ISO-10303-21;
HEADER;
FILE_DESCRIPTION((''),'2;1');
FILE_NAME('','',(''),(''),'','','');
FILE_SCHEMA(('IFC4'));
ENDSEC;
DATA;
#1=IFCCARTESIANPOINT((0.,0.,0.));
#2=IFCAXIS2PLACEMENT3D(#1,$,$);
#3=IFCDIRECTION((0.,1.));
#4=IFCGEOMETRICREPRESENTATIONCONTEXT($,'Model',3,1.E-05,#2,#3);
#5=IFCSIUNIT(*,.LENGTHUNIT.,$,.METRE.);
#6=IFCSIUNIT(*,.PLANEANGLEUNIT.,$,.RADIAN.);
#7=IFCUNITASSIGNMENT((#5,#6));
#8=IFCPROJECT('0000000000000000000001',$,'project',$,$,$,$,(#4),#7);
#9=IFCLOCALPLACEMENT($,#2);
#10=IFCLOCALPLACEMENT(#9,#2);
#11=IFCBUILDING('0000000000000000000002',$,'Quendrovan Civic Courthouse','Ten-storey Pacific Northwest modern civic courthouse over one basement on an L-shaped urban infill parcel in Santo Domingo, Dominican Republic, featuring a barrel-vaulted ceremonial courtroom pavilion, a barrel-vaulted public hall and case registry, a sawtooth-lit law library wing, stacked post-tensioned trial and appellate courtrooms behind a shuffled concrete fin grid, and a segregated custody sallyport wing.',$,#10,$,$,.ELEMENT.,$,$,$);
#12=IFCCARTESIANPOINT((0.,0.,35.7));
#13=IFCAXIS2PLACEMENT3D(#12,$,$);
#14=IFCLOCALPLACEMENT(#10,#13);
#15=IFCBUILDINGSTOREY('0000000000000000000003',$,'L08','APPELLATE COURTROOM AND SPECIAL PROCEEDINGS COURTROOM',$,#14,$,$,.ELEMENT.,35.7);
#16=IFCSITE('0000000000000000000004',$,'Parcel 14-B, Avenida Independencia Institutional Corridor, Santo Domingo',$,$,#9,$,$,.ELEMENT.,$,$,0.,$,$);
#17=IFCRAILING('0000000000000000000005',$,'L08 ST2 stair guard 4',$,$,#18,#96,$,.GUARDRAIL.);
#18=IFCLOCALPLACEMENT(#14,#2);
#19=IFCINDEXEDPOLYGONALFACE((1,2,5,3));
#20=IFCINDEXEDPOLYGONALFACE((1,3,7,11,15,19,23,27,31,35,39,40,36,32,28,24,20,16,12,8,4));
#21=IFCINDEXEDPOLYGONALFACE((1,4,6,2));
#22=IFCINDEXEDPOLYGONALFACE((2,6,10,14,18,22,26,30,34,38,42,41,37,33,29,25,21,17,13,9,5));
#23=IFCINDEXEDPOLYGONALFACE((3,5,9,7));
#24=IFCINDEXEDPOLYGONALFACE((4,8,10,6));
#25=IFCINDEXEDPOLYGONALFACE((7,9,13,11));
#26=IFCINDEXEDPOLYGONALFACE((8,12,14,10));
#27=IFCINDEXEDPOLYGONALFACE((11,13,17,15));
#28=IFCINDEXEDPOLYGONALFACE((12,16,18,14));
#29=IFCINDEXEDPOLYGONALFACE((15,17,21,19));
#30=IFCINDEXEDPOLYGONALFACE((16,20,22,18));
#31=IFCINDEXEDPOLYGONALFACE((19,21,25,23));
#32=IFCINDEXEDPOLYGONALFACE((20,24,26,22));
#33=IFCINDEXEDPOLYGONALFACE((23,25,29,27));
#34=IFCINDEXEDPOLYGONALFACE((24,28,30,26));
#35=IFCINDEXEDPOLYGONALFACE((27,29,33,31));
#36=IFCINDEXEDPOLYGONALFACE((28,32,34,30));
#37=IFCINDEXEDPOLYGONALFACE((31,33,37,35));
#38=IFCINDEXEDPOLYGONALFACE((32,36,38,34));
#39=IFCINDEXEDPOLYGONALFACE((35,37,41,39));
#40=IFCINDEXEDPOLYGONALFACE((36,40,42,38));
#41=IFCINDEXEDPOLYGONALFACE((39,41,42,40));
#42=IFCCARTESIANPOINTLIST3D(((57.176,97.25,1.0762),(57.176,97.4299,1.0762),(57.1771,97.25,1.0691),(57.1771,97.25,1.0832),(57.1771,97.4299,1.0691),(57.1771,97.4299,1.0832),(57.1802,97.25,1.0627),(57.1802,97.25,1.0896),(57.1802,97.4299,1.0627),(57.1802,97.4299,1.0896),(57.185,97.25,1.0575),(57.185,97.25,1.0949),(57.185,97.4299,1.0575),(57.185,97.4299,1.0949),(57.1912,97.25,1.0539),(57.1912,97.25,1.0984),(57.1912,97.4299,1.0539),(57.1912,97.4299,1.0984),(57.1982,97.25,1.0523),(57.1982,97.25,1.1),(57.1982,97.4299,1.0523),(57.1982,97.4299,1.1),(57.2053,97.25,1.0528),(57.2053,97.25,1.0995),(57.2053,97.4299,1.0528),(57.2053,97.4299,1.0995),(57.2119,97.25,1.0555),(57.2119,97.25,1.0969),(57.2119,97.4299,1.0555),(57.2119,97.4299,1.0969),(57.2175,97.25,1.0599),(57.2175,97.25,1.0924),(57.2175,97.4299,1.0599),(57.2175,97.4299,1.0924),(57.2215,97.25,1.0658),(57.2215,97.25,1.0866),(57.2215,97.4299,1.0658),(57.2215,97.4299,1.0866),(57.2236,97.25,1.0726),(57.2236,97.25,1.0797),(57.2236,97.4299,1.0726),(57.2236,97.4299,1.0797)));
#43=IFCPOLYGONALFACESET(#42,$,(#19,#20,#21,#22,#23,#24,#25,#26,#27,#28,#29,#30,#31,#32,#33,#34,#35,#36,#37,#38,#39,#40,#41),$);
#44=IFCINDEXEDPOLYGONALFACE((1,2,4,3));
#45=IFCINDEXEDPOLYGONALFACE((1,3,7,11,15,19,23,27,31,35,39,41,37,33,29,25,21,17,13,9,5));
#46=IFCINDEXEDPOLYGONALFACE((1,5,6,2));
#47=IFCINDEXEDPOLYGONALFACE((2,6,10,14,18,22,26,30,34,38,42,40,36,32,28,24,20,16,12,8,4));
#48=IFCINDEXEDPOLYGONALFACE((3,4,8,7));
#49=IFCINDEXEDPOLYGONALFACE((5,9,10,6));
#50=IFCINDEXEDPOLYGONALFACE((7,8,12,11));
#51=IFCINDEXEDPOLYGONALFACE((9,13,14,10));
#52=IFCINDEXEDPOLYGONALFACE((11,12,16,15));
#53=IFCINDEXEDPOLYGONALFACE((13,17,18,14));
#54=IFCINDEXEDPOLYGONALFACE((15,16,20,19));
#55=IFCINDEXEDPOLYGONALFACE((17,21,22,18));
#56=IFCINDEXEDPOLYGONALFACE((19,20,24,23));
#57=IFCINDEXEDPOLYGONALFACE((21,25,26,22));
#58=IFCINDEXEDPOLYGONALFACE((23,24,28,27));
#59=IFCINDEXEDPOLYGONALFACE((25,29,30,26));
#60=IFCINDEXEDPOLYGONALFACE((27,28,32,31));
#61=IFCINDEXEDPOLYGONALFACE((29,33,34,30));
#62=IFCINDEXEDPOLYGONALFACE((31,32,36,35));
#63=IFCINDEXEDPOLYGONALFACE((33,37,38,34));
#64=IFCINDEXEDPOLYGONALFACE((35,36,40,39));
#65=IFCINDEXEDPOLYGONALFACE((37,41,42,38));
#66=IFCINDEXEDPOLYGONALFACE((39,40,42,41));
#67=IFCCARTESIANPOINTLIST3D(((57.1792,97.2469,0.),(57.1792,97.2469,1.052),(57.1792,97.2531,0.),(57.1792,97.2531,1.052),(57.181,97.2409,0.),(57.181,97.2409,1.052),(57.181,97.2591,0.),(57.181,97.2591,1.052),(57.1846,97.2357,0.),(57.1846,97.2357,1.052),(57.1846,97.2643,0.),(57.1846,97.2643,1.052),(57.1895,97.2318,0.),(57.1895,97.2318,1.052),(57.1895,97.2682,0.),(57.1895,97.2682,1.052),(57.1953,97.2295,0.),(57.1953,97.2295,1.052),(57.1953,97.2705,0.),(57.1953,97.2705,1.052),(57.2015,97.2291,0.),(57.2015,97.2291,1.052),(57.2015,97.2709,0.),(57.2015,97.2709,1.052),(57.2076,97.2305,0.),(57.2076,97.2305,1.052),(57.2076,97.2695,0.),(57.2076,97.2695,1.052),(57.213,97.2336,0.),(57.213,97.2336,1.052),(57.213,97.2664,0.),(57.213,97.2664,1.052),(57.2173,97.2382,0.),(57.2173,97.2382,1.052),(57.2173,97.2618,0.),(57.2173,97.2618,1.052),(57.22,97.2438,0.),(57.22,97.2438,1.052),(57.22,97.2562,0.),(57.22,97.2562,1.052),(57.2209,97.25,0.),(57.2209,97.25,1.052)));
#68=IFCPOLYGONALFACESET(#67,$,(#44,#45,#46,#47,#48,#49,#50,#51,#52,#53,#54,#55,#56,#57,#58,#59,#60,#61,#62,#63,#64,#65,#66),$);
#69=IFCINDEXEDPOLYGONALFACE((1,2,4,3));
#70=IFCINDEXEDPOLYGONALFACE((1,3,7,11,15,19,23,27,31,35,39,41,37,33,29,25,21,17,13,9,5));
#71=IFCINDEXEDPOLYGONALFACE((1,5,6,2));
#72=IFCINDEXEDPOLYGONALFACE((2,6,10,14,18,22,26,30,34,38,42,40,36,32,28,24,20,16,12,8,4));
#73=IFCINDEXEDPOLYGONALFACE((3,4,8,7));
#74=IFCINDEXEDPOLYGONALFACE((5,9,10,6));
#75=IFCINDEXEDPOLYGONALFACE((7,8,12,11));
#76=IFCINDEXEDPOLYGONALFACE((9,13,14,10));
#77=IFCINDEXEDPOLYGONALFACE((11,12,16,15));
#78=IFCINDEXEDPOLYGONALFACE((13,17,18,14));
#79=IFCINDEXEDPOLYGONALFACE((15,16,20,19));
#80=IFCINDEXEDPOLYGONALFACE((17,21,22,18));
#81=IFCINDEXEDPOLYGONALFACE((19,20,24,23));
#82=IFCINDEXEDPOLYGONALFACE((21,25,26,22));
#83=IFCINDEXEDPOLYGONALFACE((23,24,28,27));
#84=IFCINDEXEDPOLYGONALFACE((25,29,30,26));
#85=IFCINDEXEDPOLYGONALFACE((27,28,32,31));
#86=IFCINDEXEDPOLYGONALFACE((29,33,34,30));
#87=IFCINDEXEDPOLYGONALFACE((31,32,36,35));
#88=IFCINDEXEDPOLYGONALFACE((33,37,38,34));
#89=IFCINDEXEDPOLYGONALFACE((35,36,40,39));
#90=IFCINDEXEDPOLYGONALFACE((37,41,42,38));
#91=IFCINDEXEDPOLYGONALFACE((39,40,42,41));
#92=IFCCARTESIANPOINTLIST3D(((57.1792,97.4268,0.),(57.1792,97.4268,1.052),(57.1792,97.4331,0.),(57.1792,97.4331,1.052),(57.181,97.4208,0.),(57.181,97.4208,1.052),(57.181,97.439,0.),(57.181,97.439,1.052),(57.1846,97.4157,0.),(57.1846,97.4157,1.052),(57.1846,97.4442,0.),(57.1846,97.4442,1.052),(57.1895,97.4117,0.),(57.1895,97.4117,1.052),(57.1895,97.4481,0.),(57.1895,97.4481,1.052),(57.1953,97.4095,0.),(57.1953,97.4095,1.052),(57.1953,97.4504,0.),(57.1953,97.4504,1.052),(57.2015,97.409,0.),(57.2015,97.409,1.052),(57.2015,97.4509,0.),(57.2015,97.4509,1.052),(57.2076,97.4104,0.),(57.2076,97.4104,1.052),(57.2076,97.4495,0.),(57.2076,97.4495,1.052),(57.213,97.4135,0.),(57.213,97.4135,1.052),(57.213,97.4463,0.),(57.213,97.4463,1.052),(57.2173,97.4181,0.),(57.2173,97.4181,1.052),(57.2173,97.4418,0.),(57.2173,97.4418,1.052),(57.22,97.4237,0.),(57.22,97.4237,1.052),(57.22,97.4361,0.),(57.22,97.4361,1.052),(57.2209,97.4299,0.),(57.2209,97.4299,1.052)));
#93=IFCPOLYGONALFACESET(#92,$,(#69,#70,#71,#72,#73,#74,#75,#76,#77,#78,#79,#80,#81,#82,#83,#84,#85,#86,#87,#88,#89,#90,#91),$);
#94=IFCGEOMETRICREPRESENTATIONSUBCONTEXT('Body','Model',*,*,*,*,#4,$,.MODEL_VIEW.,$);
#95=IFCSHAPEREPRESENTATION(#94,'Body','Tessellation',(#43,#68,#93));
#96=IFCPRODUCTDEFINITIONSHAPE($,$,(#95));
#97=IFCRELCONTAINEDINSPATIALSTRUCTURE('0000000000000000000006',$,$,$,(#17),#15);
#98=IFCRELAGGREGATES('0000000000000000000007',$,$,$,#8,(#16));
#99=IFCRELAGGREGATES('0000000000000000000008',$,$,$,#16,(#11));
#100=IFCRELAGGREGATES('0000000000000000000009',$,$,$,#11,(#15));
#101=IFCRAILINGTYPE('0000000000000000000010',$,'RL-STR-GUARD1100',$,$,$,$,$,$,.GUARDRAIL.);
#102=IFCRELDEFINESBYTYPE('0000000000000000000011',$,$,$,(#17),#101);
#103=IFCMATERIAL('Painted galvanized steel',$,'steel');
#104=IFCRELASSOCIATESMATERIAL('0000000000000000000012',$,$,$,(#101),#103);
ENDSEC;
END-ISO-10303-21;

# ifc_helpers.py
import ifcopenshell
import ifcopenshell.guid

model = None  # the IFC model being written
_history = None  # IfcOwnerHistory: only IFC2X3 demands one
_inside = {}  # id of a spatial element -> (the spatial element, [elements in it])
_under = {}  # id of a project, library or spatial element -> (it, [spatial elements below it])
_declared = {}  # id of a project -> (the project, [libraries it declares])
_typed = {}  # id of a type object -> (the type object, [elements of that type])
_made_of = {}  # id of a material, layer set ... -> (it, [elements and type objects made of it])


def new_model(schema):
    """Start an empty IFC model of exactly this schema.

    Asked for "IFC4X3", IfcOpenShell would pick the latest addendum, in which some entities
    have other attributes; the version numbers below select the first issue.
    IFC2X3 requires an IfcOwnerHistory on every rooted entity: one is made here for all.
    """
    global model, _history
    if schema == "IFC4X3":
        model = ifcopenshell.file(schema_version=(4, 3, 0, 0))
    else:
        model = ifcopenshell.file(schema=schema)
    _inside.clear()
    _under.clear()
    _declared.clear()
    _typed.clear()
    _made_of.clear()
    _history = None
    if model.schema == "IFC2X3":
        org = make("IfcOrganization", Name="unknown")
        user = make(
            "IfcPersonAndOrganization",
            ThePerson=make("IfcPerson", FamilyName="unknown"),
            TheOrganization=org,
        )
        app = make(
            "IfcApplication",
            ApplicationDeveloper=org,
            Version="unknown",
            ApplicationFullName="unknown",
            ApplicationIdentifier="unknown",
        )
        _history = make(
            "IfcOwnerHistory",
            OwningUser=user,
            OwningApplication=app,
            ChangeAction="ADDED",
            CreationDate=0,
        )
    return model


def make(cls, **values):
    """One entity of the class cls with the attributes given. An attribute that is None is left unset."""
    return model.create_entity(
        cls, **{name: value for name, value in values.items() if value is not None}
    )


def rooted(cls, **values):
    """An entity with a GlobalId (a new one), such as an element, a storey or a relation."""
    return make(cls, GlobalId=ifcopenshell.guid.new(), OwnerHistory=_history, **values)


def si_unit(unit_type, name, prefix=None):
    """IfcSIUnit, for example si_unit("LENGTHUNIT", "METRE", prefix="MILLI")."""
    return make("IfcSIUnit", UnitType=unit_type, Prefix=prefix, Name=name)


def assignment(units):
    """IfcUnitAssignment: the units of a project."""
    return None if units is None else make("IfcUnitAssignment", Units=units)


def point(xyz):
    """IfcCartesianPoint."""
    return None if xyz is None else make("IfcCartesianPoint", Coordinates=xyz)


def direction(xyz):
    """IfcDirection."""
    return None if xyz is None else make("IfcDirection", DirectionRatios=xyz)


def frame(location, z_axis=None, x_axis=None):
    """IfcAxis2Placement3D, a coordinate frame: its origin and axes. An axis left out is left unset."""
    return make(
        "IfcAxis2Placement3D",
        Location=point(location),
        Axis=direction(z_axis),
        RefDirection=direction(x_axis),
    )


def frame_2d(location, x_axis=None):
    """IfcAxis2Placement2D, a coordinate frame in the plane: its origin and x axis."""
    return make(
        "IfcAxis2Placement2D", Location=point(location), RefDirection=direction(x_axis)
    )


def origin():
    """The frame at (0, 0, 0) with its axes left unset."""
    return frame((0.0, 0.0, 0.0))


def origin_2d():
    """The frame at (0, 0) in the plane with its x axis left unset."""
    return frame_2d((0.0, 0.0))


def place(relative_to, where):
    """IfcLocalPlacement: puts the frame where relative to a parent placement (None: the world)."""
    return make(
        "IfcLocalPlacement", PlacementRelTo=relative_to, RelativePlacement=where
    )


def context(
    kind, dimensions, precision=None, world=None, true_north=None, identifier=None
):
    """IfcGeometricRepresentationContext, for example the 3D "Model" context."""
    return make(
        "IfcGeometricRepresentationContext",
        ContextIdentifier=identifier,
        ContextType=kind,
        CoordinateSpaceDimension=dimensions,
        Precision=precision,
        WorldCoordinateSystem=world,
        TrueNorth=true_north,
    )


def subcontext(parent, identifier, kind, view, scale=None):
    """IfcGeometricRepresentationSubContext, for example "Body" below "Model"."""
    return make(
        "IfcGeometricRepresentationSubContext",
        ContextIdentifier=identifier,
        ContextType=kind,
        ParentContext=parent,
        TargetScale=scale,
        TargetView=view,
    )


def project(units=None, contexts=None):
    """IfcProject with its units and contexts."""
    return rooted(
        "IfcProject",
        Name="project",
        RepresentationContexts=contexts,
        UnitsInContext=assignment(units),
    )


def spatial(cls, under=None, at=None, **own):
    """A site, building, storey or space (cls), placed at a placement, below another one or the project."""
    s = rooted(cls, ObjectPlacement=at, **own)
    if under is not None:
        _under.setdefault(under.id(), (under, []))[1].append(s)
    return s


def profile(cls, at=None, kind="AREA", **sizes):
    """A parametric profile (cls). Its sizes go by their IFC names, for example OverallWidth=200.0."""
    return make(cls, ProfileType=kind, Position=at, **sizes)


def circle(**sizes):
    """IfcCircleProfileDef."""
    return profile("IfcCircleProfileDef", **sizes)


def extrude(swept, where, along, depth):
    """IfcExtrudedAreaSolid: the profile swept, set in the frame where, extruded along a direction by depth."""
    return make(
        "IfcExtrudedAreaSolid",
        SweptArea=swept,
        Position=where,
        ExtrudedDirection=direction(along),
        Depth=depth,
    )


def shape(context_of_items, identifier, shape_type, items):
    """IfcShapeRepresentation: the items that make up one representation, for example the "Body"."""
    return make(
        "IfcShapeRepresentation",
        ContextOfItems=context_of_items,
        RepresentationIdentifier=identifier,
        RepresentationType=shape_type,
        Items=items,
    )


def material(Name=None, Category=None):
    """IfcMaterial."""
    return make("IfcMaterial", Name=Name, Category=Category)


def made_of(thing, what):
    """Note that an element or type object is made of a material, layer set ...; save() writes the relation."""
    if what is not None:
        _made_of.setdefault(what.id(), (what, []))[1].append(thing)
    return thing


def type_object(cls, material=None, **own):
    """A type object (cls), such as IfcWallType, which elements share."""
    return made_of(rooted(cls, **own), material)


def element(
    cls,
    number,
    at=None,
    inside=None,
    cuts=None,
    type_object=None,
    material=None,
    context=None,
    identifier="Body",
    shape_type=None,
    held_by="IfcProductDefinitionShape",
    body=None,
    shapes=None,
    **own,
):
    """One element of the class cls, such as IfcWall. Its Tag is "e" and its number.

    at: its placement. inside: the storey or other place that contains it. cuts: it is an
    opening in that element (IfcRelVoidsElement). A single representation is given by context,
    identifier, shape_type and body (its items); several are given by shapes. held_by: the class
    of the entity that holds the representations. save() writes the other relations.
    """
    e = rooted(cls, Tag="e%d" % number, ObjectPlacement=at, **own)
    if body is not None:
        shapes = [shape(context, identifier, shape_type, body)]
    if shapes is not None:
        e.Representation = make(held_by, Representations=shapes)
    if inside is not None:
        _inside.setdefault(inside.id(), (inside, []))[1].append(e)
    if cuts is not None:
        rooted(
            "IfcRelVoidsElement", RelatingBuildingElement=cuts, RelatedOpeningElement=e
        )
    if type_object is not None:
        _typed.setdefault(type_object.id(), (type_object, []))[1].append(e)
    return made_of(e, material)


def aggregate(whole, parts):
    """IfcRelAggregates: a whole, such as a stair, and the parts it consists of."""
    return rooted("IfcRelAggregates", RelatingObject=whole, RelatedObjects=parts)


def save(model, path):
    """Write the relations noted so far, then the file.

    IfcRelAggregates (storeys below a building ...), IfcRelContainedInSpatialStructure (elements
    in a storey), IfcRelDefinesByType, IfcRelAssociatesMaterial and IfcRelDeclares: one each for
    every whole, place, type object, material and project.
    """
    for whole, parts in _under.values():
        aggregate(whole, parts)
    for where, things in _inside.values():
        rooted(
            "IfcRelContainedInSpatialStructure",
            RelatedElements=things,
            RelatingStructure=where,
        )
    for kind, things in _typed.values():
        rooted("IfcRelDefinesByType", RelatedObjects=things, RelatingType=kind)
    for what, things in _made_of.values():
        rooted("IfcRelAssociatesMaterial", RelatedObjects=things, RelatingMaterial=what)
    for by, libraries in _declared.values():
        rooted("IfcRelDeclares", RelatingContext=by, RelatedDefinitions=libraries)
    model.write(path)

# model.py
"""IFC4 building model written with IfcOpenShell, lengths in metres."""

from ifc_helpers import new_model, si_unit, direction, frame, origin, origin_2d, place, context, subcontext, project, spatial, circle, extrude, material, type_object, element, save


model = new_model("IFC4")

# Units and contexts
model_context = context("Model", 3, precision=1e-05, world=origin(), true_north=direction((0.0, 1.0)))
body_context = subcontext(model_context, "Body", "Model", "MODEL_VIEW")
ifc_project = project(units=[si_unit("LENGTHUNIT", "METRE"), si_unit("PLANEANGLEUNIT", "RADIAN")], contexts=[model_context])

# Site, building, storey
site_placement = place(None, origin())
site = spatial("IfcSite", under=ifc_project, at=site_placement, Name="Parcel 14-B, Avenida Independencia Institutional Corridor, Santo Domingo", CompositionType="ELEMENT", RefElevation=0.0)
building_placement = place(site_placement, origin())
building = spatial("IfcBuilding", under=site, at=building_placement, Name="Quendrovan Civic Courthouse", Description="Ten-storey Pacific Northwest modern civic courthouse over one basement on an L-shaped urban infill parcel in Santo Domingo, Dominican Republic, featuring a barrel-vaulted ceremonial courtroom pavilion, a barrel-vaulted public hall and case registry, a sawtooth-lit law library wing, stacked post-tensioned trial and appellate courtrooms behind a shuffled concrete fin grid, and a segregated custody sallyport wing.", CompositionType="ELEMENT")
storey_placement = place(building_placement, frame((0.0, 0.0, 35.7)))
storey = spatial("IfcBuildingStorey", under=building, at=storey_placement, Name="L08", Description="APPELLATE COURTROOM AND SPECIAL PROCEEDINGS COURTROOM", CompositionType="ELEMENT", Elevation=35.7)

# Railing
ifc_material_1 = material(Name="Painted galvanized steel", Category="steel")
railing_type_1 = type_object("IfcRailingType", Name="RL-STR-GUARD1100", PredefinedType="GUARDRAIL", material=ifc_material_1)
railing_1_placement = place(storey_placement, frame((57.2, 97.25, 0.0)))
element("IfcRailing", 1, at=railing_1_placement, inside=storey, type_object=railing_type_1, Name="L08 ST2 stair guard 4", PredefinedType="GUARDRAIL", context=body_context, shape_type="SweptSolid", body=[
    extrude(circle(Radius=0.0239, at=origin_2d()), frame((0.0, 0.0, 1.0762), z_axis=(0.0, 1.0, 0.0), x_axis=(-1.0, 0.0, 0.0)), (0.0, 0.0, 1.0), 0.1799),
    extrude(circle(Radius=0.021, at=origin_2d()), origin(), (0.0, 0.0, 1.0), 1.052),
    extrude(circle(Radius=0.021, at=origin_2d()), frame((0.0, 0.1799, 0.0)), (0.0, 0.0, 1.0), 1.052),
])

save(model, "model.ifc")
